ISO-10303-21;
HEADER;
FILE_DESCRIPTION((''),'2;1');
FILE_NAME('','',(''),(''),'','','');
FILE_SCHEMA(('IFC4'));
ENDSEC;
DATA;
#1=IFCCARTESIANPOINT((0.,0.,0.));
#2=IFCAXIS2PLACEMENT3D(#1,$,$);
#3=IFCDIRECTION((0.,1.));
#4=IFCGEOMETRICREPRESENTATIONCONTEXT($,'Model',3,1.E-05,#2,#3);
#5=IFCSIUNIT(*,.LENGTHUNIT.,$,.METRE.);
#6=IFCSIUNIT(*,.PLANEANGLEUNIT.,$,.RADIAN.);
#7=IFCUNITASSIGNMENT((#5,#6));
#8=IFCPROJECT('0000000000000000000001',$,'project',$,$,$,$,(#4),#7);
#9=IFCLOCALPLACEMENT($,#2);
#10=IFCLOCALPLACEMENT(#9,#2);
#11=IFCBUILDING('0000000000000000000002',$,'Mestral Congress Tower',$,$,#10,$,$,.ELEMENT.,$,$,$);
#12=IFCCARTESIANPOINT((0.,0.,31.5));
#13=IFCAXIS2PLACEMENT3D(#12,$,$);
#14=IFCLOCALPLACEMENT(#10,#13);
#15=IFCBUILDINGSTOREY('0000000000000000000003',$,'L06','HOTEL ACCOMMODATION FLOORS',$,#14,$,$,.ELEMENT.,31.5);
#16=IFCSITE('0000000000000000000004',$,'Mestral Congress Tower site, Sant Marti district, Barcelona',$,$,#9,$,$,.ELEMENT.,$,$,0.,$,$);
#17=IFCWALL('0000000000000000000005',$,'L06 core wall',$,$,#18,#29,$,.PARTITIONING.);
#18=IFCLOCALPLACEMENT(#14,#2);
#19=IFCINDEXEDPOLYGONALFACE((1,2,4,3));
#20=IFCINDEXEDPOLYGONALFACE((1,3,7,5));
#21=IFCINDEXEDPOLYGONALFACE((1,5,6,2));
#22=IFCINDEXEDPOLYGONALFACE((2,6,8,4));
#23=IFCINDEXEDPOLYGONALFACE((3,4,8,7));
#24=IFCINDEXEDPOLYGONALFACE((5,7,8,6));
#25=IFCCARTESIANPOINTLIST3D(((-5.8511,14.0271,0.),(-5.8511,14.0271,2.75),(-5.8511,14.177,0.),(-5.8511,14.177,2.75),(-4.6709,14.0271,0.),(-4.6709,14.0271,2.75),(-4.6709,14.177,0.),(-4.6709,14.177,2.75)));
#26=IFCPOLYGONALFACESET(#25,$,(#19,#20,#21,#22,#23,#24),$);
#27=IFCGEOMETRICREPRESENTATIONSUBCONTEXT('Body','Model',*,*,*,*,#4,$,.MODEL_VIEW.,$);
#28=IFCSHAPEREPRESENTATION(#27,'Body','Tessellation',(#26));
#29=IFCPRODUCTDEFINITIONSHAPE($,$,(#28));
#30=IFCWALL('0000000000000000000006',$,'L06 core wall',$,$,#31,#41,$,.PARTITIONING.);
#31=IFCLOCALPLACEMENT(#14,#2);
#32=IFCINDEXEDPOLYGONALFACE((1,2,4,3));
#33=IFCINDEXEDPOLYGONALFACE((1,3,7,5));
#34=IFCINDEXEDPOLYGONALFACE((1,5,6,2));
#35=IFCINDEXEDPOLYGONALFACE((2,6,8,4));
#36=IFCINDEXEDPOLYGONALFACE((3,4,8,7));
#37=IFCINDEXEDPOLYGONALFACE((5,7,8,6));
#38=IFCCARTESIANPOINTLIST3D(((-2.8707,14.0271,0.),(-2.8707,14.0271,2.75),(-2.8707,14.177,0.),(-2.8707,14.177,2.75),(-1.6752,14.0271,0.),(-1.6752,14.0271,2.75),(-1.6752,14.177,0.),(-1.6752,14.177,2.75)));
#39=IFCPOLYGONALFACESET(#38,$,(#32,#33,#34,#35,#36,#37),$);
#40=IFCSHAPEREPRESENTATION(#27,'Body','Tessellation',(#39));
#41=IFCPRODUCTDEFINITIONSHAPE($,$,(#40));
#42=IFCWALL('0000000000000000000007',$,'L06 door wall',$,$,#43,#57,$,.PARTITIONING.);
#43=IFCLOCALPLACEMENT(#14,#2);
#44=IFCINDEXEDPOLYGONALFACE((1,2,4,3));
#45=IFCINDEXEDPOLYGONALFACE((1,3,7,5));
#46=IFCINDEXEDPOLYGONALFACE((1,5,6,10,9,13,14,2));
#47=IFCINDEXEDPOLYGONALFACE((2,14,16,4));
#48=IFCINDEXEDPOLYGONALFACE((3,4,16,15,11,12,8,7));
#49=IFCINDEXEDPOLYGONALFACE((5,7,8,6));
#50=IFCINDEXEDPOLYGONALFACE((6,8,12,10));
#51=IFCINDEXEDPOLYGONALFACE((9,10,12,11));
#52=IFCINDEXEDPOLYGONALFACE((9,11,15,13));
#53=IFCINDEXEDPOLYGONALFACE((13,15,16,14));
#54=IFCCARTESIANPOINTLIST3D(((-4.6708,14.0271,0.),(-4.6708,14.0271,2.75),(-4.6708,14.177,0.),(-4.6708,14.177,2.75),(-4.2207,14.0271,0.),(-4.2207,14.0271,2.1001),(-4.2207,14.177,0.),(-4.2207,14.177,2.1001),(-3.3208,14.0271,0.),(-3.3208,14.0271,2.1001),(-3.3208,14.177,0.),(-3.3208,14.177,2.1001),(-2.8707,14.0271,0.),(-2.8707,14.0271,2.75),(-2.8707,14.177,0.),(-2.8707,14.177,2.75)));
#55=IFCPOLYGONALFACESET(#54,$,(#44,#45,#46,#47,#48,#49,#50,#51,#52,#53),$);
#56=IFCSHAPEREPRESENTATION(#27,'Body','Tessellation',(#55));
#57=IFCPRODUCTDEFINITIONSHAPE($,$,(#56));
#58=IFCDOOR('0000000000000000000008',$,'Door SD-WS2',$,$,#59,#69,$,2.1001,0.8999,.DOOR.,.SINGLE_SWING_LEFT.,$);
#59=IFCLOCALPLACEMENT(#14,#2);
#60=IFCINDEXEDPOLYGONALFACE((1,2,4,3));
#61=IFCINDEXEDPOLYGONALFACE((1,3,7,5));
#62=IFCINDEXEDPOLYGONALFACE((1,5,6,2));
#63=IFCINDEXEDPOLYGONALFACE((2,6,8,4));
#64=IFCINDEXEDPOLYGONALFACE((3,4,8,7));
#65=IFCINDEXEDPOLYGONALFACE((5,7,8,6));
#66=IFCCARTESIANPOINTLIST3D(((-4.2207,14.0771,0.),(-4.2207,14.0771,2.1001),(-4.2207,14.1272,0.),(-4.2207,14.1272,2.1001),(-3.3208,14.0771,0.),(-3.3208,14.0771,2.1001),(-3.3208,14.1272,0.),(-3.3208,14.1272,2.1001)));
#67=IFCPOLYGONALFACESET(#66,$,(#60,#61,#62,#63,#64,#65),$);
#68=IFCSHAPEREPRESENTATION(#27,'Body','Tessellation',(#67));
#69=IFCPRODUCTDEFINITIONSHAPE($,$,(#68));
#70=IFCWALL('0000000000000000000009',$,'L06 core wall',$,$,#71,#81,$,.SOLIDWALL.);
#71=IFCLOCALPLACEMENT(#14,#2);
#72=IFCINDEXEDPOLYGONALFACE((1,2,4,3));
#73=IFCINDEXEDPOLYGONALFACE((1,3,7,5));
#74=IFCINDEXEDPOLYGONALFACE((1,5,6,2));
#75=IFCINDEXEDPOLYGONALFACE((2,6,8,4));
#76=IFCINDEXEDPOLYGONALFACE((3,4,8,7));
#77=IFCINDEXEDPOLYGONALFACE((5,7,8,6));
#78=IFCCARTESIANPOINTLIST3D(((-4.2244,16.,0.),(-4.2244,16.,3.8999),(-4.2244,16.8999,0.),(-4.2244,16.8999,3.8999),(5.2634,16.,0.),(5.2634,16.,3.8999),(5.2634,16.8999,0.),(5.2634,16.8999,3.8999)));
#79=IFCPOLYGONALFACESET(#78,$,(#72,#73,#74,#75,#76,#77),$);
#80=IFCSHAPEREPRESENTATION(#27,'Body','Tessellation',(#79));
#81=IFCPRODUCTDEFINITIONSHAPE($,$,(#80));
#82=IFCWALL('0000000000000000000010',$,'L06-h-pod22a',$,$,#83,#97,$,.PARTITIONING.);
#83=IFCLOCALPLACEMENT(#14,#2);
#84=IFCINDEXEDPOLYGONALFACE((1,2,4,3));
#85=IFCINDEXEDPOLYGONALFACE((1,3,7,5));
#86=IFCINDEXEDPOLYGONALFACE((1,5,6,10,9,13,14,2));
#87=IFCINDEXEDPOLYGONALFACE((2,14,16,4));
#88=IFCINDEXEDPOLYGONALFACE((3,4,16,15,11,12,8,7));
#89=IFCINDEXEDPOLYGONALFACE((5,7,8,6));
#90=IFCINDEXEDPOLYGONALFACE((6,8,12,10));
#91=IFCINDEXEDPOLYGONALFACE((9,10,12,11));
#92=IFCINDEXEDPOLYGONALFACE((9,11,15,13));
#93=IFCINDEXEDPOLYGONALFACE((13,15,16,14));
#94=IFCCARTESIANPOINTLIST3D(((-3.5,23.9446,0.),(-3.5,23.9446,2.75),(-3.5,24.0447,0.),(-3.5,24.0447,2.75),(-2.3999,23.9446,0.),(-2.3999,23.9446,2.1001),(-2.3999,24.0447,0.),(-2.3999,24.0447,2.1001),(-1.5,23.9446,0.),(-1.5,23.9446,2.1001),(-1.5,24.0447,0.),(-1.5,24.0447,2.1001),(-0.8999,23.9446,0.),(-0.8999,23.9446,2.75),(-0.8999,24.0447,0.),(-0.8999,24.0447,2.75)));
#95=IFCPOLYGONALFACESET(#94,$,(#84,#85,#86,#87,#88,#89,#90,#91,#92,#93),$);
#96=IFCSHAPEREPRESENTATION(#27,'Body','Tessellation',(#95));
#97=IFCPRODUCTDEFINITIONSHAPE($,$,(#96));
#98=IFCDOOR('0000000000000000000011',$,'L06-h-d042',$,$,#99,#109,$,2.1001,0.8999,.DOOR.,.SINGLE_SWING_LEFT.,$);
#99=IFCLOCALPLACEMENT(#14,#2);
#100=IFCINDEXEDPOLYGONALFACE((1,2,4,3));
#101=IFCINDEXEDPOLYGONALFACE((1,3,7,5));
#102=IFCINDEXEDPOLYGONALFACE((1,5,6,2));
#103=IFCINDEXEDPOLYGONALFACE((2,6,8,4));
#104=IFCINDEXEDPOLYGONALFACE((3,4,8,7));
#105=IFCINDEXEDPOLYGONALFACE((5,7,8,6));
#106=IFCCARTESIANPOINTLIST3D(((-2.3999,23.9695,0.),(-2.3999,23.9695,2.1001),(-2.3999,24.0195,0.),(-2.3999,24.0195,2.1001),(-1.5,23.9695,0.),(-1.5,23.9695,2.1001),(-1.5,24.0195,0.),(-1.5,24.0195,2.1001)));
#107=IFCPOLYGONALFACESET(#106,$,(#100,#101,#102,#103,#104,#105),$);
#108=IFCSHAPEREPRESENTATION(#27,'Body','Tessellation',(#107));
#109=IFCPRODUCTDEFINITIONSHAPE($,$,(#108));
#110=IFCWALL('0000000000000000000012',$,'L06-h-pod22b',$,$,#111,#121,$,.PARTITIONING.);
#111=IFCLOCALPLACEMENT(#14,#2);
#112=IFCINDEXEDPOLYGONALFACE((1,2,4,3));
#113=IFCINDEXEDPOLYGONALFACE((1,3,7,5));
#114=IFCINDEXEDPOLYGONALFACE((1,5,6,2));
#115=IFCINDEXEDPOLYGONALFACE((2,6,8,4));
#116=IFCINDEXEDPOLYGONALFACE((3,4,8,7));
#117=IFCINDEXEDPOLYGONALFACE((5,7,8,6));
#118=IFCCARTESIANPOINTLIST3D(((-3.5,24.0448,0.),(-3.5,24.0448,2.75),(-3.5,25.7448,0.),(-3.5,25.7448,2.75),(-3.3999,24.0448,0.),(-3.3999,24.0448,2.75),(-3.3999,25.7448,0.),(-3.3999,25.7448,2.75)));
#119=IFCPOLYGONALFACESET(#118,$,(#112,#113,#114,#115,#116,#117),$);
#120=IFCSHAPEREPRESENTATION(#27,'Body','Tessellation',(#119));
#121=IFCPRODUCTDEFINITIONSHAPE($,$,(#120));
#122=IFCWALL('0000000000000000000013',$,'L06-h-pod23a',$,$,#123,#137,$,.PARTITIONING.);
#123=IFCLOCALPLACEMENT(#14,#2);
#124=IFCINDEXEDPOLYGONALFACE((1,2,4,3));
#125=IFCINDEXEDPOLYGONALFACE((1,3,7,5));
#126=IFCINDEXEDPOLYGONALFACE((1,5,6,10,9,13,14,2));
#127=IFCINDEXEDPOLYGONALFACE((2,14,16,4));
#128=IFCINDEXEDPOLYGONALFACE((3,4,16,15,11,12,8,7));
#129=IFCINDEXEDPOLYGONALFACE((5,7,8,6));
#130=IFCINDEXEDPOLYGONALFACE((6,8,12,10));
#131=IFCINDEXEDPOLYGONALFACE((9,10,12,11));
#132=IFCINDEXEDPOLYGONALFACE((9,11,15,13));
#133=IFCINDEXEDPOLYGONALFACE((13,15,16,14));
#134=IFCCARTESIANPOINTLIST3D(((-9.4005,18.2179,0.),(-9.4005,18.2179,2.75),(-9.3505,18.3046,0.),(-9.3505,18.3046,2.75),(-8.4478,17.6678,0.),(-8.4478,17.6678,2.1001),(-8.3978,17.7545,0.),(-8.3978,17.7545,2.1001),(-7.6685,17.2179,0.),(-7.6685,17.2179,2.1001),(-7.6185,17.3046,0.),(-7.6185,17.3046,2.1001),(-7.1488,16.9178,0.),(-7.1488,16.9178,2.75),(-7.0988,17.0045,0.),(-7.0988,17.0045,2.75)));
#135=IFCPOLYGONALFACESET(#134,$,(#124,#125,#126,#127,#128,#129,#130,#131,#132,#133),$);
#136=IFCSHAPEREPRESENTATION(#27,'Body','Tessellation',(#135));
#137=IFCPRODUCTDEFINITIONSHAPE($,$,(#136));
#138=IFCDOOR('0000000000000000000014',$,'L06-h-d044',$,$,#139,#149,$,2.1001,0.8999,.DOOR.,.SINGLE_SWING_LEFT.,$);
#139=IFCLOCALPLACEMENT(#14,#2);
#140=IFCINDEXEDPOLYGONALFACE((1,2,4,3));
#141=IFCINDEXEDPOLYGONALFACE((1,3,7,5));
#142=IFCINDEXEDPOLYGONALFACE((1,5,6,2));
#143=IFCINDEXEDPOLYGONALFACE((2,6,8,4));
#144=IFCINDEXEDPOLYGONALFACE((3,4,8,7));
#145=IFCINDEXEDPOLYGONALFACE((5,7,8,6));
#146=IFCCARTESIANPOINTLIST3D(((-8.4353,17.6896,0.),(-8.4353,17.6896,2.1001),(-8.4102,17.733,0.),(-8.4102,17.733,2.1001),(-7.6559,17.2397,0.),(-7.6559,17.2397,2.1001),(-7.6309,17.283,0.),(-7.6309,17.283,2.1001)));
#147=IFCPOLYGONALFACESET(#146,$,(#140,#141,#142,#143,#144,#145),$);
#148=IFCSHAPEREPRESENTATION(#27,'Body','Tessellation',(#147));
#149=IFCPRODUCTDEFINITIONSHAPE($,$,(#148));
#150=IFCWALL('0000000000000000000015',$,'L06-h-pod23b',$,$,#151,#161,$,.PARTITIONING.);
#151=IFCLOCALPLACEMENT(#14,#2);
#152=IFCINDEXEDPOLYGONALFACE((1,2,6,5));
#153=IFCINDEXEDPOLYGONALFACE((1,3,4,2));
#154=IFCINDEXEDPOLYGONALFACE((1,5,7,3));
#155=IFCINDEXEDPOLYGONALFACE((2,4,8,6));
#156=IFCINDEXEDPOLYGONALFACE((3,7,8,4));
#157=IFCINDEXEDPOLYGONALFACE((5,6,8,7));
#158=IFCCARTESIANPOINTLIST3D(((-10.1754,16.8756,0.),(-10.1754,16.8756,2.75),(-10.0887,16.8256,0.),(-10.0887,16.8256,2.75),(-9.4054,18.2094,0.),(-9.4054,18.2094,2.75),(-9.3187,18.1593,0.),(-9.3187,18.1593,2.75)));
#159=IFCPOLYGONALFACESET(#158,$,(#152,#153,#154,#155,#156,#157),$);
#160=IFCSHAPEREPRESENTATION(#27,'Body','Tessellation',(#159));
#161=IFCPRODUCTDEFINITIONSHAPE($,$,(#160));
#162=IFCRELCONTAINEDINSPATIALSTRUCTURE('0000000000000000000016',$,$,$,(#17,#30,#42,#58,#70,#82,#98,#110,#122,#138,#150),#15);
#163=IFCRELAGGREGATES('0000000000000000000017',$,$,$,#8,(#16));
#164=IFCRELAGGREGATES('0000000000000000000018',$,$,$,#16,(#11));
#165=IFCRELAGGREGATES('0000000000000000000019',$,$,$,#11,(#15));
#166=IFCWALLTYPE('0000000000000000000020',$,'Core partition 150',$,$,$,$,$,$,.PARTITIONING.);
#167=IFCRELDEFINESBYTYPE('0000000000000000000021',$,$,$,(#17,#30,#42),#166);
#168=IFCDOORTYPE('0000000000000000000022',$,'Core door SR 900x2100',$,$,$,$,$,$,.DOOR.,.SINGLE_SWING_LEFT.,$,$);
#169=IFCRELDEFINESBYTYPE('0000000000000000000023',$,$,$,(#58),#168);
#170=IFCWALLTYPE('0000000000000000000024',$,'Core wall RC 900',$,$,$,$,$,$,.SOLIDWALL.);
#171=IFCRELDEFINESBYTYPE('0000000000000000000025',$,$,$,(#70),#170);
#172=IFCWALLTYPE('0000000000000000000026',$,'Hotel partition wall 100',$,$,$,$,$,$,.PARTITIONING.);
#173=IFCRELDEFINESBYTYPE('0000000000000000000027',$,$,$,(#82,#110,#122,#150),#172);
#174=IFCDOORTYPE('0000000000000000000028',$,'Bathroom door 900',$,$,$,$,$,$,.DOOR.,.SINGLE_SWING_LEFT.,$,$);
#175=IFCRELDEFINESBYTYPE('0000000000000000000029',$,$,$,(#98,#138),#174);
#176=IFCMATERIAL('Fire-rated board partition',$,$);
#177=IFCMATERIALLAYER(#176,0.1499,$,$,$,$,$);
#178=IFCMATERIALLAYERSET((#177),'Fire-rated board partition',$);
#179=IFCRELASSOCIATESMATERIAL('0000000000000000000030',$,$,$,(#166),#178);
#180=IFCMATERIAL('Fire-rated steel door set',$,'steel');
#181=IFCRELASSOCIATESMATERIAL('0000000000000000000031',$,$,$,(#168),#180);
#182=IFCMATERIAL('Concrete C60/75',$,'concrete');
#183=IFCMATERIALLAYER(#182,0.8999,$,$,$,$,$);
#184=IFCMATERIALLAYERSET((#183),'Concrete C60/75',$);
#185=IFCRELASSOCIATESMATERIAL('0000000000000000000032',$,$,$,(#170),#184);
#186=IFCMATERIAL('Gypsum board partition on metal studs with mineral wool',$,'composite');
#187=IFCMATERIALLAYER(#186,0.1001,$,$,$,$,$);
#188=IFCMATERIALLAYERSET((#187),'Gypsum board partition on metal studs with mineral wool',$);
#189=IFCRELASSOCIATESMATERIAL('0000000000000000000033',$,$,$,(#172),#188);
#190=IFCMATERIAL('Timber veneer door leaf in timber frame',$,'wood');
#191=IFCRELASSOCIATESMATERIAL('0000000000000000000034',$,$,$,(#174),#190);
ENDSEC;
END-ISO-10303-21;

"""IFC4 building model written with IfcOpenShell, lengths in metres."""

from ifc_helpers import new_model, si_unit, direction, frame, frame_2d, origin, place, context, subcontext, project, spatial, rectangle, extrude, material, layer, layer_set, type_object, element, fill, save


model = new_model("IFC4")

# Units and contexts
model_context = context("Model", 3, precision=1e-05, world=origin(), true_north=direction((0.0, 1.0)))
body_context = subcontext(model_context, "Body", "Model", "MODEL_VIEW")
ifc_project = project(units=[si_unit("LENGTHUNIT", "METRE"), si_unit("PLANEANGLEUNIT", "RADIAN")], contexts=[model_context])

# Site, building, storey
site_placement = place(None, origin())
site = spatial("IfcSite", under=ifc_project, at=site_placement, Name="Mestral Congress Tower site, Sant Marti district, Barcelona", CompositionType="ELEMENT", RefElevation=0.0)
building_placement = place(site_placement, origin())
building = spatial("IfcBuilding", under=site, at=building_placement, Name="Mestral Congress Tower", CompositionType="ELEMENT")
storey_placement = place(building_placement, frame((0.0, 0.0, 31.5)))
storey = spatial("IfcBuildingStorey", under=building, at=storey_placement, Name="L06", Description="HOTEL ACCOMMODATION FLOORS", CompositionType="ELEMENT", Elevation=31.5)

# Walls
ifc_material_1 = material(Name="Fire-rated board partition")
ifc_layer_1 = layer(ifc_material_1, 0.1499)
ifc_layer_set_1 = layer_set([ifc_layer_1], Name="Fire-rated board partition")
wall_type_1 = type_object("IfcWallType", Name="Core partition 150", PredefinedType="PARTITIONING", material=ifc_layer_set_1)
wall_1_placement = place(storey_placement, frame((-5.8511, 14.1021, 0.0), z_axis=(0.0, 0.0, 1.0), x_axis=(1.0, 0.0, 0.0)))
element("IfcWall", 1, at=wall_1_placement, inside=storey, type_object=wall_type_1, Name="L06 core wall", PredefinedType="PARTITIONING", context=body_context, shape_type="SweptSolid", body=[
    extrude(rectangle(XDim=1.1802, YDim=0.1499, at=frame_2d((0.5901, 0.0))), origin(), (0.0, 0.0, 1.0), 2.75),
])
wall_2_placement = place(storey_placement, frame((-2.8706, 14.1021, 0.0), z_axis=(0.0, 0.0, 1.0), x_axis=(1.0, 0.0, 0.0)))
element("IfcWall", 2, at=wall_2_placement, inside=storey, type_object=wall_type_1, Name="L06 core wall", PredefinedType="PARTITIONING", context=body_context, shape_type="SweptSolid", body=[
    extrude(rectangle(XDim=1.1956, YDim=0.1499, at=frame_2d((0.5977, 0.0))), origin(), (0.0, 0.0, 1.0), 2.75),
])

# Wall, opening, door
wall_3_placement = place(storey_placement, frame((-2.8708, 14.1021, 0.0), z_axis=(0.0, 0.0, 1.0), x_axis=(-1.0, 0.0, 0.0)))
wall_3 = element("IfcWall", 3, at=wall_3_placement, inside=storey, type_object=wall_type_1, Name="L06 door wall", PredefinedType="PARTITIONING", context=body_context, shape_type="SweptSolid", body=[
    extrude(rectangle(XDim=1.8, YDim=0.1499, at=frame_2d((0.8999, 0.0))), origin(), (0.0, 0.0, 1.0), 2.75),
])
opening_1_placement = place(wall_3_placement, frame((0.45, 0.0, 0.0)))
opening_1 = element("IfcOpeningElement", 4, at=opening_1_placement, cuts=wall_3, PredefinedType="OPENING", context=body_context, shape_type="SweptSolid", body=[
    extrude(rectangle(XDim=0.8999, YDim=2.1001, at=frame_2d((0.45, 1.05))), frame((0.0, 0.085, 0.0), z_axis=(0.0, -1.0, 0.0), x_axis=(1.0, 0.0, 0.0)), (0.0, 0.0, 1.0), 0.1699),
])
ifc_material_2 = material(Name="Fire-rated steel door set", Category="steel")
door_type_1 = type_object("IfcDoorType", Name="Core door SR 900x2100", OperationType="SINGLE_SWING_LEFT", PredefinedType="DOOR", material=ifc_material_2)
door_1_placement = place(opening_1_placement, origin())
door_1 = element("IfcDoor", 5, at=door_1_placement, inside=storey, type_object=door_type_1, Name="Door SD-WS2", OperationType="SINGLE_SWING_LEFT", OverallHeight=2.1001, OverallWidth=0.8999, PredefinedType="DOOR", context=body_context, shape_type="SweptSolid", body=[
    extrude(rectangle(XDim=0.8999, YDim=2.1001, at=frame_2d((0.45, 1.05))), frame((0.0, 0.0249, 0.0), z_axis=(0.0, -1.0, 0.0), x_axis=(1.0, 0.0, 0.0)), (0.0, 0.0, 1.0), 0.05),
])
fill(opening_1, door_1)

# Wall
ifc_material_3 = material(Name="Concrete C60/75", Category="concrete")
ifc_layer_2 = layer(ifc_material_3, 0.8999)
ifc_layer_set_2 = layer_set([ifc_layer_2], Name="Concrete C60/75")
wall_type_2 = type_object("IfcWallType", Name="Core wall RC 900", PredefinedType="SOLIDWALL", material=ifc_layer_set_2)
wall_4_placement = place(storey_placement, frame((-4.2244, 16.45, 0.0), z_axis=(0.0, 0.0, 1.0), x_axis=(1.0, 0.0, 0.0)))
element("IfcWall", 6, at=wall_4_placement, inside=storey, type_object=wall_type_2, Name="L06 core wall", PredefinedType="SOLIDWALL", context=body_context, shape_type="SweptSolid", body=[
    extrude(rectangle(XDim=9.4878, YDim=0.8999, at=frame_2d((4.7439, 0.0))), origin(), (0.0, 0.0, 1.0), 3.8999),
])

# Wall, opening, door
ifc_material_4 = material(Name="Gypsum board partition on metal studs with mineral wool", Category="composite")
ifc_layer_3 = layer(ifc_material_4, 0.1001)
ifc_layer_set_3 = layer_set([ifc_layer_3], Name="Gypsum board partition on metal studs with mineral wool")
wall_type_3 = type_object("IfcWallType", Name="Hotel partition wall 100", PredefinedType="PARTITIONING", material=ifc_layer_set_3)
wall_5_placement = place(storey_placement, frame((-3.5, 23.9946, 0.0), z_axis=(0.0, 0.0, 1.0), x_axis=(1.0, 0.0, 0.0)))
wall_5 = element("IfcWall", 7, at=wall_5_placement, inside=storey, type_object=wall_type_3, Name="L06-h-pod22a", PredefinedType="PARTITIONING", context=body_context, shape_type="SweptSolid", body=[
    extrude(rectangle(XDim=2.6001, YDim=0.1001, at=frame_2d((1.3, 0.0))), origin(), (0.0, 0.0, 1.0), 2.75),
])
opening_2_placement = place(wall_5_placement, frame((1.1001, 0.0, 0.0)))
opening_2 = element("IfcOpeningElement", 8, at=opening_2_placement, cuts=wall_5, PredefinedType="OPENING", context=body_context, shape_type="SweptSolid", body=[
    extrude(rectangle(XDim=0.8999, YDim=2.1001, at=frame_2d((0.45, 1.05))), frame((0.0, 0.0601, 0.0), z_axis=(0.0, -1.0, 0.0), x_axis=(1.0, 0.0, 0.0)), (0.0, 0.0, 1.0), 0.1201),
])
ifc_material_5 = material(Name="Timber veneer door leaf in timber frame", Category="wood")
door_type_2 = type_object("IfcDoorType", Name="Bathroom door 900", OperationType="SINGLE_SWING_LEFT", PredefinedType="DOOR", material=ifc_material_5)
door_2_placement = place(opening_2_placement, origin())
door_2 = element("IfcDoor", 9, at=door_2_placement, inside=storey, type_object=door_type_2, Name="L06-h-d042", OperationType="SINGLE_SWING_LEFT", OverallHeight=2.1001, OverallWidth=0.8999, PredefinedType="DOOR", context=body_context, shape_type="SweptSolid", body=[
    extrude(rectangle(XDim=0.8999, YDim=2.1001, at=frame_2d((0.45, 1.05))), frame((0.0, 0.0249, 0.0), z_axis=(0.0, -1.0, 0.0), x_axis=(1.0, 0.0, 0.0)), (0.0, 0.0, 1.0), 0.05),
])
fill(opening_2, door_2)

# Wall
wall_6_placement = place(storey_placement, frame((-3.45, 24.0447, 0.0), z_axis=(0.0, 0.0, 1.0), x_axis=(0.0, 1.0, 0.0)))
element("IfcWall", 10, at=wall_6_placement, inside=storey, type_object=wall_type_3, Name="L06-h-pod22b", PredefinedType="PARTITIONING", context=body_context, shape_type="SweptSolid", body=[
    extrude(rectangle(XDim=1.7, YDim=0.1001, at=frame_2d((0.8501, 0.0))), origin(), (0.0, 0.0, 1.0), 2.75),
])

# Wall, opening, door
wall_7_placement = place(storey_placement, frame((-7.1238, 16.9612, 0.0), z_axis=(0.0, 0.0, 1.0), x_axis=(-0.866021, 0.500007, 0.0)))
wall_7 = element("IfcWall", 11, at=wall_7_placement, inside=storey, type_object=wall_type_3, Name="L06-h-pod23a", PredefinedType="PARTITIONING", context=body_context, shape_type="SweptSolid", body=[
    extrude(rectangle(XDim=2.6001, YDim=0.1001, at=frame_2d((1.3, 0.0))), origin(), (0.0, 0.0, 1.0), 2.75),
])
opening_3_placement = place(wall_7_placement, frame((0.6001, 0.0, 0.0)))
opening_3 = element("IfcOpeningElement", 12, at=opening_3_placement, cuts=wall_7, PredefinedType="OPENING", context=body_context, shape_type="SweptSolid", body=[
    extrude(rectangle(XDim=0.8999, YDim=2.1001, at=frame_2d((0.45, 1.05))), frame((0.0, 0.0601, 0.0), z_axis=(0.0, -1.0, 0.0), x_axis=(1.0, 0.0, 0.0)), (0.0, 0.0, 1.0), 0.1201),
])
door_3_placement = place(opening_3_placement, origin())
door_3 = element("IfcDoor", 13, at=door_3_placement, inside=storey, type_object=door_type_2, Name="L06-h-d044", OperationType="SINGLE_SWING_LEFT", OverallHeight=2.1001, OverallWidth=0.8999, PredefinedType="DOOR", context=body_context, shape_type="SweptSolid", body=[
    extrude(rectangle(XDim=0.8999, YDim=2.1001, at=frame_2d((0.45, 1.05))), frame((0.0, 0.0249, 0.0), z_axis=(0.0, -1.0, 0.0), x_axis=(1.0, 0.0, 0.0)), (0.0, 0.0, 1.0), 0.05),
])
fill(opening_3, door_3)

# Wall
wall_8_placement = place(storey_placement, frame((-9.3621, 18.1843, 0.0), z_axis=(0.0, 0.0, 1.0), x_axis=(-0.499992, -0.86603, 0.0)))
element("IfcWall", 14, at=wall_8_placement, inside=storey, type_object=wall_type_3, Name="L06-h-pod23b", PredefinedType="PARTITIONING", context=body_context, shape_type="SweptSolid", body=[
    extrude(rectangle(XDim=1.54, YDim=0.1001, at=frame_2d((0.77, 0.0))), origin(), (0.0, 0.0, 1.0), 2.75),
])

save(model, "model.ifc")
